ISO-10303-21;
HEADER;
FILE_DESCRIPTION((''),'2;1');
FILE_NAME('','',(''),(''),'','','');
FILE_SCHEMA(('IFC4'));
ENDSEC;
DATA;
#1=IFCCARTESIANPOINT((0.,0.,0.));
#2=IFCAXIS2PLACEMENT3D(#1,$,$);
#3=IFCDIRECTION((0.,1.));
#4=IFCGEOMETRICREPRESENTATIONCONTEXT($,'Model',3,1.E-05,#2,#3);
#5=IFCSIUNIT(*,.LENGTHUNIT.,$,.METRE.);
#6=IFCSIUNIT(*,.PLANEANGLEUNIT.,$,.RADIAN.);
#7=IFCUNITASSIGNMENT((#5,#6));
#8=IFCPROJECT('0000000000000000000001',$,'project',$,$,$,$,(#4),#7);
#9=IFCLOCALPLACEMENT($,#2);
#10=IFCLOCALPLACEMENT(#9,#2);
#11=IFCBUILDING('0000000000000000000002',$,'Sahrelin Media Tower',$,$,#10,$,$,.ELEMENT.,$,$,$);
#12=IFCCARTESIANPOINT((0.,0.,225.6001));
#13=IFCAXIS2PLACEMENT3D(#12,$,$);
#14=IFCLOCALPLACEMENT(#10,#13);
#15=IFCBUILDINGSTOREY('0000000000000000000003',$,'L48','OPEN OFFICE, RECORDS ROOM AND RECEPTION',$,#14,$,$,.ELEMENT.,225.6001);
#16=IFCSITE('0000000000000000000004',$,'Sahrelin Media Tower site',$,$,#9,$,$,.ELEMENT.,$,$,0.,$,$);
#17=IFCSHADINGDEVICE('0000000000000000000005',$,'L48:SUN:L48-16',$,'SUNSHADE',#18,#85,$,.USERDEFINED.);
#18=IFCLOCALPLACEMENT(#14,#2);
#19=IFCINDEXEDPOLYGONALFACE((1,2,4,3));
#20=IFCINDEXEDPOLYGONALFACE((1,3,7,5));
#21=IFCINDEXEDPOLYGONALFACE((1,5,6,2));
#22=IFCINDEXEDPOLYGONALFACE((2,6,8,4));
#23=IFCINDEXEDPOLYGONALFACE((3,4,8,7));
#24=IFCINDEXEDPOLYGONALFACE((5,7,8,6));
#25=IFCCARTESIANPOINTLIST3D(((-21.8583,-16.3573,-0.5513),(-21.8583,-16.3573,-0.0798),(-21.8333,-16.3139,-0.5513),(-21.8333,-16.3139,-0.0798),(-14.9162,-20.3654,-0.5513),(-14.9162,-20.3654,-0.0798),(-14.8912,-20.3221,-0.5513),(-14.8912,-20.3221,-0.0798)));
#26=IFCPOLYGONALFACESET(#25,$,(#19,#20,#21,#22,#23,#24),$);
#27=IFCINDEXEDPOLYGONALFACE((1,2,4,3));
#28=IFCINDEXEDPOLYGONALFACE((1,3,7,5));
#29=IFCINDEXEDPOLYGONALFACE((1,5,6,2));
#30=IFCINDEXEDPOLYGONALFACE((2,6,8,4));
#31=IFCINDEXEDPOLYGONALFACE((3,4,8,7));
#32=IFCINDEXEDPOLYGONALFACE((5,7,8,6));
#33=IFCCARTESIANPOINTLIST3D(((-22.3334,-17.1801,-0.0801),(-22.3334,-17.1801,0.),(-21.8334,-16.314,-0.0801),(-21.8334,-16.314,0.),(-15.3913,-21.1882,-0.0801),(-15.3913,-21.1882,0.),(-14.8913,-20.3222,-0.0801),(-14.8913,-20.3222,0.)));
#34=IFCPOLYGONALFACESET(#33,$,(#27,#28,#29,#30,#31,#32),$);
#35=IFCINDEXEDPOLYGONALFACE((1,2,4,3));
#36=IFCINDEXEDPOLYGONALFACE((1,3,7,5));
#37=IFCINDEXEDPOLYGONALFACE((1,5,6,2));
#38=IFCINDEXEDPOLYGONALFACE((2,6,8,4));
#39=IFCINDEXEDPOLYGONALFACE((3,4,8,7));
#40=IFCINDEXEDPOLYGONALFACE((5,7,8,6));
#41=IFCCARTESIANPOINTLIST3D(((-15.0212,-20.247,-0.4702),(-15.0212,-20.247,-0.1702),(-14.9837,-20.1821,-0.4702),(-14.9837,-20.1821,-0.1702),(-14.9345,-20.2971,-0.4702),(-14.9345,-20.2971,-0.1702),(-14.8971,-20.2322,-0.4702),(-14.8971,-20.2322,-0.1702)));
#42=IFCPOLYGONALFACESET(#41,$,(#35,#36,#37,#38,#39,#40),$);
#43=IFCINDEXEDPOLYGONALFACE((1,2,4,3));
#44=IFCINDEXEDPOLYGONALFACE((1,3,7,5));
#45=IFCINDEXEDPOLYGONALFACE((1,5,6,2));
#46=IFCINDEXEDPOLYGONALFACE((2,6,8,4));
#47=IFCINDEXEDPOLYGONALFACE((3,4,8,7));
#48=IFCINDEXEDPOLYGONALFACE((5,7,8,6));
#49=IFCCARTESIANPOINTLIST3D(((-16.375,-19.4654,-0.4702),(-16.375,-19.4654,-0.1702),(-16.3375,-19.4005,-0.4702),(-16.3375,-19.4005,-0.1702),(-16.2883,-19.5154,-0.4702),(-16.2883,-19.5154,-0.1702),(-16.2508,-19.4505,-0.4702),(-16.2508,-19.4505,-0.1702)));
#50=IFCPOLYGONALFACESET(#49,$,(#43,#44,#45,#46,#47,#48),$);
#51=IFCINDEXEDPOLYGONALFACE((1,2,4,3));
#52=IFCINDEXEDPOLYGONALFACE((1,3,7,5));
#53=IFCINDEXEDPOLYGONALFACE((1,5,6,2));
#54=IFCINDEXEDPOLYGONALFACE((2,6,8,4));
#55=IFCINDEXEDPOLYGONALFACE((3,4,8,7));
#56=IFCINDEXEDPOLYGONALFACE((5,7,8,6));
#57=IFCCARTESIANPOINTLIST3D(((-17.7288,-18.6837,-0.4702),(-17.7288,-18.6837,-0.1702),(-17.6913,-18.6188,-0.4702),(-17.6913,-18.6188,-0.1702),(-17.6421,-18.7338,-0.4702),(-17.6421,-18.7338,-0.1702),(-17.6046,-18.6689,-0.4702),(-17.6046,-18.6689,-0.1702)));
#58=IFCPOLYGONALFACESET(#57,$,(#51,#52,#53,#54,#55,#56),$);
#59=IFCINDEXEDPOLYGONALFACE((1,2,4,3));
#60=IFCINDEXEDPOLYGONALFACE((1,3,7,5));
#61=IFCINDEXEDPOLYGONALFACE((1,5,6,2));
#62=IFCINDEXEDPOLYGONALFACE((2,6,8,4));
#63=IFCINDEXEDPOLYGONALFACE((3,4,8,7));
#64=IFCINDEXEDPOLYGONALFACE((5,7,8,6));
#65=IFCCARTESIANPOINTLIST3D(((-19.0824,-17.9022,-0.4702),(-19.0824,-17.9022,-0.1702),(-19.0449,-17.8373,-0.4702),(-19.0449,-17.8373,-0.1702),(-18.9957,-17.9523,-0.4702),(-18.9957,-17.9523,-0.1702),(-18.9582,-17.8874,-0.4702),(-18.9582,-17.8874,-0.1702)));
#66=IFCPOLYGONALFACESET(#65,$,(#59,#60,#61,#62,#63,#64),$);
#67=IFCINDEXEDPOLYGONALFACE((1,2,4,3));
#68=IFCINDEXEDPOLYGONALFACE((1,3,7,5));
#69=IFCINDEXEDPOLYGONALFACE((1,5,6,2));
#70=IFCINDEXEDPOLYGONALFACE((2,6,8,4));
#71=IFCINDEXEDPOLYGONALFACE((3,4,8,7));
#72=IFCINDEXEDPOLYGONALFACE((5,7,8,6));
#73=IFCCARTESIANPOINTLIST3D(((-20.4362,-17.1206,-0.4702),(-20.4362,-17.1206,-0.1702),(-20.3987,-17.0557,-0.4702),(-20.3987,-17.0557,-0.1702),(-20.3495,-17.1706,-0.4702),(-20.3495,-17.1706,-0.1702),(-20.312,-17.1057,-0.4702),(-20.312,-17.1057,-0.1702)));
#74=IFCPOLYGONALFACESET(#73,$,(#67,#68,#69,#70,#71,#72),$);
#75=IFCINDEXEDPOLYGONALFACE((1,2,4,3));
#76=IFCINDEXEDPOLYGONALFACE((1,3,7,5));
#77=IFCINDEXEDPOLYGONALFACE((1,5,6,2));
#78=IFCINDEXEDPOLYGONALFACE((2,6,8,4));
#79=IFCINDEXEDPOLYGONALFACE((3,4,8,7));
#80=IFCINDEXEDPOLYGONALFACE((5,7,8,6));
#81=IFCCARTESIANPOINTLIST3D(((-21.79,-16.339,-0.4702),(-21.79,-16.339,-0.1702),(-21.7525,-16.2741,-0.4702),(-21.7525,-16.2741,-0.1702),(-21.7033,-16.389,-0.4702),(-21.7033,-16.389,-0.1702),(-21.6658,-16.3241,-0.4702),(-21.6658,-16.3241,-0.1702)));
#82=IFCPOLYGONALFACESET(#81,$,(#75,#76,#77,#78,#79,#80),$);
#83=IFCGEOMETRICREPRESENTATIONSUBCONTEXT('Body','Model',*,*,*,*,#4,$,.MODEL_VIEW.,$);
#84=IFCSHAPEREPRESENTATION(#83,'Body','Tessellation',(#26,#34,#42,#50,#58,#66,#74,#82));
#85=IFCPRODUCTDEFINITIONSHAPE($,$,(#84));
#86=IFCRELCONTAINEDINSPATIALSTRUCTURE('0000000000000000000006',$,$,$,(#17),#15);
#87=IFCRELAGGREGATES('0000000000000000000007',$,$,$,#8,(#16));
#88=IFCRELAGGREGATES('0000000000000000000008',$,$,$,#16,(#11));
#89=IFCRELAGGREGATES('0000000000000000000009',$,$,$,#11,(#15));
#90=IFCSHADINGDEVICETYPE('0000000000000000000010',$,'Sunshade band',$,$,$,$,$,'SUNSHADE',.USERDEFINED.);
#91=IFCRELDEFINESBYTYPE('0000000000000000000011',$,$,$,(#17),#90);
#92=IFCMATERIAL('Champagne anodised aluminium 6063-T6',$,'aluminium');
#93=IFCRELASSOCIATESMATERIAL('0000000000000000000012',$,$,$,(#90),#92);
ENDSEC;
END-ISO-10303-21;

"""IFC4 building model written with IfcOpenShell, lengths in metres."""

from ifc_helpers import new_model, si_unit, direction, frame, origin, origin_2d, place, context, subcontext, project, spatial, rectangle, extrude, material, type_object, element, save


model = new_model("IFC4")

# Units and contexts
model_context = context("Model", 3, precision=1e-05, world=origin(), true_north=direction((0.0, 1.0)))
body_context = subcontext(model_context, "Body", "Model", "MODEL_VIEW")
ifc_project = project(units=[si_unit("LENGTHUNIT", "METRE"), si_unit("PLANEANGLEUNIT", "RADIAN")], contexts=[model_context])

# Site, building, storey
site_placement = place(None, origin())
site = spatial("IfcSite", under=ifc_project, at=site_placement, Name="Sahrelin Media Tower site", CompositionType="ELEMENT", RefElevation=0.0)
building_placement = place(site_placement, origin())
building = spatial("IfcBuilding", under=site, at=building_placement, Name="Sahrelin Media Tower", CompositionType="ELEMENT")
storey_placement = place(building_placement, frame((0.0, 0.0, 225.6001)))
storey = spatial("IfcBuildingStorey", under=building, at=storey_placement, Name="L48", Description="OPEN OFFICE, RECORDS ROOM AND RECEPTION", CompositionType="ELEMENT", Elevation=225.6001)

# Shared definitions
ifc_material_1 = material(Name="Champagne anodised aluminium 6063-T6", Category="aluminium")

# Shared definitions
placement = place(storey_placement, frame((-18.3523, -18.3008, 0.0), z_axis=(0.0, 0.0, 1.0), x_axis=(-0.866019, 0.500011, 0.0)))

# Shading device
shading_device_type_1 = type_object("IfcShadingDeviceType", Name="Sunshade band", ElementType="SUNSHADE", PredefinedType="USERDEFINED", material=ifc_material_1)
element("IfcShadingDevice", 1, at=placement, inside=storey, type_object=shading_device_type_1, Name="L48:SUN:L48-16", ObjectType="SUNSHADE", PredefinedType="USERDEFINED", context=body_context, shape_type="SweptSolid", body=[
    extrude(rectangle(XDim=8.0161, YDim=0.05, at=origin_2d()), frame((0.0, 0.0449, -0.5513)), (0.0, 0.0, 1.0), 0.4714),
    extrude(rectangle(XDim=8.0161, YDim=1.0, at=origin_2d()), frame((0.0, 0.52, -0.0801)), (0.0, 0.0, 1.0), 0.0801),
    extrude(rectangle(XDim=0.1001, YDim=0.075, at=origin_2d()), frame((-3.908, -0.0176, -0.4702)), (0.0, 0.0, 1.0), 0.3),
    extrude(rectangle(XDim=0.1001, YDim=0.075, at=origin_2d()), frame((-2.3447, -0.0176, -0.4702)), (0.0, 0.0, 1.0), 0.3),
    extrude(rectangle(XDim=0.1001, YDim=0.075, at=origin_2d()), frame((-0.7815, -0.0176, -0.4702)), (0.0, 0.0, 1.0), 0.3),
    extrude(rectangle(XDim=0.1001, YDim=0.075, at=origin_2d()), frame((0.7815, -0.0176, -0.4702)), (0.0, 0.0, 1.0), 0.3),
    extrude(rectangle(XDim=0.1001, YDim=0.075, at=origin_2d()), frame((2.3447, -0.0176, -0.4702)), (0.0, 0.0, 1.0), 0.3),
    extrude(rectangle(XDim=0.1001, YDim=0.075, at=origin_2d()), frame((3.908, -0.0176, -0.4702)), (0.0, 0.0, 1.0), 0.3),
])

save(model, "model.ifc")
